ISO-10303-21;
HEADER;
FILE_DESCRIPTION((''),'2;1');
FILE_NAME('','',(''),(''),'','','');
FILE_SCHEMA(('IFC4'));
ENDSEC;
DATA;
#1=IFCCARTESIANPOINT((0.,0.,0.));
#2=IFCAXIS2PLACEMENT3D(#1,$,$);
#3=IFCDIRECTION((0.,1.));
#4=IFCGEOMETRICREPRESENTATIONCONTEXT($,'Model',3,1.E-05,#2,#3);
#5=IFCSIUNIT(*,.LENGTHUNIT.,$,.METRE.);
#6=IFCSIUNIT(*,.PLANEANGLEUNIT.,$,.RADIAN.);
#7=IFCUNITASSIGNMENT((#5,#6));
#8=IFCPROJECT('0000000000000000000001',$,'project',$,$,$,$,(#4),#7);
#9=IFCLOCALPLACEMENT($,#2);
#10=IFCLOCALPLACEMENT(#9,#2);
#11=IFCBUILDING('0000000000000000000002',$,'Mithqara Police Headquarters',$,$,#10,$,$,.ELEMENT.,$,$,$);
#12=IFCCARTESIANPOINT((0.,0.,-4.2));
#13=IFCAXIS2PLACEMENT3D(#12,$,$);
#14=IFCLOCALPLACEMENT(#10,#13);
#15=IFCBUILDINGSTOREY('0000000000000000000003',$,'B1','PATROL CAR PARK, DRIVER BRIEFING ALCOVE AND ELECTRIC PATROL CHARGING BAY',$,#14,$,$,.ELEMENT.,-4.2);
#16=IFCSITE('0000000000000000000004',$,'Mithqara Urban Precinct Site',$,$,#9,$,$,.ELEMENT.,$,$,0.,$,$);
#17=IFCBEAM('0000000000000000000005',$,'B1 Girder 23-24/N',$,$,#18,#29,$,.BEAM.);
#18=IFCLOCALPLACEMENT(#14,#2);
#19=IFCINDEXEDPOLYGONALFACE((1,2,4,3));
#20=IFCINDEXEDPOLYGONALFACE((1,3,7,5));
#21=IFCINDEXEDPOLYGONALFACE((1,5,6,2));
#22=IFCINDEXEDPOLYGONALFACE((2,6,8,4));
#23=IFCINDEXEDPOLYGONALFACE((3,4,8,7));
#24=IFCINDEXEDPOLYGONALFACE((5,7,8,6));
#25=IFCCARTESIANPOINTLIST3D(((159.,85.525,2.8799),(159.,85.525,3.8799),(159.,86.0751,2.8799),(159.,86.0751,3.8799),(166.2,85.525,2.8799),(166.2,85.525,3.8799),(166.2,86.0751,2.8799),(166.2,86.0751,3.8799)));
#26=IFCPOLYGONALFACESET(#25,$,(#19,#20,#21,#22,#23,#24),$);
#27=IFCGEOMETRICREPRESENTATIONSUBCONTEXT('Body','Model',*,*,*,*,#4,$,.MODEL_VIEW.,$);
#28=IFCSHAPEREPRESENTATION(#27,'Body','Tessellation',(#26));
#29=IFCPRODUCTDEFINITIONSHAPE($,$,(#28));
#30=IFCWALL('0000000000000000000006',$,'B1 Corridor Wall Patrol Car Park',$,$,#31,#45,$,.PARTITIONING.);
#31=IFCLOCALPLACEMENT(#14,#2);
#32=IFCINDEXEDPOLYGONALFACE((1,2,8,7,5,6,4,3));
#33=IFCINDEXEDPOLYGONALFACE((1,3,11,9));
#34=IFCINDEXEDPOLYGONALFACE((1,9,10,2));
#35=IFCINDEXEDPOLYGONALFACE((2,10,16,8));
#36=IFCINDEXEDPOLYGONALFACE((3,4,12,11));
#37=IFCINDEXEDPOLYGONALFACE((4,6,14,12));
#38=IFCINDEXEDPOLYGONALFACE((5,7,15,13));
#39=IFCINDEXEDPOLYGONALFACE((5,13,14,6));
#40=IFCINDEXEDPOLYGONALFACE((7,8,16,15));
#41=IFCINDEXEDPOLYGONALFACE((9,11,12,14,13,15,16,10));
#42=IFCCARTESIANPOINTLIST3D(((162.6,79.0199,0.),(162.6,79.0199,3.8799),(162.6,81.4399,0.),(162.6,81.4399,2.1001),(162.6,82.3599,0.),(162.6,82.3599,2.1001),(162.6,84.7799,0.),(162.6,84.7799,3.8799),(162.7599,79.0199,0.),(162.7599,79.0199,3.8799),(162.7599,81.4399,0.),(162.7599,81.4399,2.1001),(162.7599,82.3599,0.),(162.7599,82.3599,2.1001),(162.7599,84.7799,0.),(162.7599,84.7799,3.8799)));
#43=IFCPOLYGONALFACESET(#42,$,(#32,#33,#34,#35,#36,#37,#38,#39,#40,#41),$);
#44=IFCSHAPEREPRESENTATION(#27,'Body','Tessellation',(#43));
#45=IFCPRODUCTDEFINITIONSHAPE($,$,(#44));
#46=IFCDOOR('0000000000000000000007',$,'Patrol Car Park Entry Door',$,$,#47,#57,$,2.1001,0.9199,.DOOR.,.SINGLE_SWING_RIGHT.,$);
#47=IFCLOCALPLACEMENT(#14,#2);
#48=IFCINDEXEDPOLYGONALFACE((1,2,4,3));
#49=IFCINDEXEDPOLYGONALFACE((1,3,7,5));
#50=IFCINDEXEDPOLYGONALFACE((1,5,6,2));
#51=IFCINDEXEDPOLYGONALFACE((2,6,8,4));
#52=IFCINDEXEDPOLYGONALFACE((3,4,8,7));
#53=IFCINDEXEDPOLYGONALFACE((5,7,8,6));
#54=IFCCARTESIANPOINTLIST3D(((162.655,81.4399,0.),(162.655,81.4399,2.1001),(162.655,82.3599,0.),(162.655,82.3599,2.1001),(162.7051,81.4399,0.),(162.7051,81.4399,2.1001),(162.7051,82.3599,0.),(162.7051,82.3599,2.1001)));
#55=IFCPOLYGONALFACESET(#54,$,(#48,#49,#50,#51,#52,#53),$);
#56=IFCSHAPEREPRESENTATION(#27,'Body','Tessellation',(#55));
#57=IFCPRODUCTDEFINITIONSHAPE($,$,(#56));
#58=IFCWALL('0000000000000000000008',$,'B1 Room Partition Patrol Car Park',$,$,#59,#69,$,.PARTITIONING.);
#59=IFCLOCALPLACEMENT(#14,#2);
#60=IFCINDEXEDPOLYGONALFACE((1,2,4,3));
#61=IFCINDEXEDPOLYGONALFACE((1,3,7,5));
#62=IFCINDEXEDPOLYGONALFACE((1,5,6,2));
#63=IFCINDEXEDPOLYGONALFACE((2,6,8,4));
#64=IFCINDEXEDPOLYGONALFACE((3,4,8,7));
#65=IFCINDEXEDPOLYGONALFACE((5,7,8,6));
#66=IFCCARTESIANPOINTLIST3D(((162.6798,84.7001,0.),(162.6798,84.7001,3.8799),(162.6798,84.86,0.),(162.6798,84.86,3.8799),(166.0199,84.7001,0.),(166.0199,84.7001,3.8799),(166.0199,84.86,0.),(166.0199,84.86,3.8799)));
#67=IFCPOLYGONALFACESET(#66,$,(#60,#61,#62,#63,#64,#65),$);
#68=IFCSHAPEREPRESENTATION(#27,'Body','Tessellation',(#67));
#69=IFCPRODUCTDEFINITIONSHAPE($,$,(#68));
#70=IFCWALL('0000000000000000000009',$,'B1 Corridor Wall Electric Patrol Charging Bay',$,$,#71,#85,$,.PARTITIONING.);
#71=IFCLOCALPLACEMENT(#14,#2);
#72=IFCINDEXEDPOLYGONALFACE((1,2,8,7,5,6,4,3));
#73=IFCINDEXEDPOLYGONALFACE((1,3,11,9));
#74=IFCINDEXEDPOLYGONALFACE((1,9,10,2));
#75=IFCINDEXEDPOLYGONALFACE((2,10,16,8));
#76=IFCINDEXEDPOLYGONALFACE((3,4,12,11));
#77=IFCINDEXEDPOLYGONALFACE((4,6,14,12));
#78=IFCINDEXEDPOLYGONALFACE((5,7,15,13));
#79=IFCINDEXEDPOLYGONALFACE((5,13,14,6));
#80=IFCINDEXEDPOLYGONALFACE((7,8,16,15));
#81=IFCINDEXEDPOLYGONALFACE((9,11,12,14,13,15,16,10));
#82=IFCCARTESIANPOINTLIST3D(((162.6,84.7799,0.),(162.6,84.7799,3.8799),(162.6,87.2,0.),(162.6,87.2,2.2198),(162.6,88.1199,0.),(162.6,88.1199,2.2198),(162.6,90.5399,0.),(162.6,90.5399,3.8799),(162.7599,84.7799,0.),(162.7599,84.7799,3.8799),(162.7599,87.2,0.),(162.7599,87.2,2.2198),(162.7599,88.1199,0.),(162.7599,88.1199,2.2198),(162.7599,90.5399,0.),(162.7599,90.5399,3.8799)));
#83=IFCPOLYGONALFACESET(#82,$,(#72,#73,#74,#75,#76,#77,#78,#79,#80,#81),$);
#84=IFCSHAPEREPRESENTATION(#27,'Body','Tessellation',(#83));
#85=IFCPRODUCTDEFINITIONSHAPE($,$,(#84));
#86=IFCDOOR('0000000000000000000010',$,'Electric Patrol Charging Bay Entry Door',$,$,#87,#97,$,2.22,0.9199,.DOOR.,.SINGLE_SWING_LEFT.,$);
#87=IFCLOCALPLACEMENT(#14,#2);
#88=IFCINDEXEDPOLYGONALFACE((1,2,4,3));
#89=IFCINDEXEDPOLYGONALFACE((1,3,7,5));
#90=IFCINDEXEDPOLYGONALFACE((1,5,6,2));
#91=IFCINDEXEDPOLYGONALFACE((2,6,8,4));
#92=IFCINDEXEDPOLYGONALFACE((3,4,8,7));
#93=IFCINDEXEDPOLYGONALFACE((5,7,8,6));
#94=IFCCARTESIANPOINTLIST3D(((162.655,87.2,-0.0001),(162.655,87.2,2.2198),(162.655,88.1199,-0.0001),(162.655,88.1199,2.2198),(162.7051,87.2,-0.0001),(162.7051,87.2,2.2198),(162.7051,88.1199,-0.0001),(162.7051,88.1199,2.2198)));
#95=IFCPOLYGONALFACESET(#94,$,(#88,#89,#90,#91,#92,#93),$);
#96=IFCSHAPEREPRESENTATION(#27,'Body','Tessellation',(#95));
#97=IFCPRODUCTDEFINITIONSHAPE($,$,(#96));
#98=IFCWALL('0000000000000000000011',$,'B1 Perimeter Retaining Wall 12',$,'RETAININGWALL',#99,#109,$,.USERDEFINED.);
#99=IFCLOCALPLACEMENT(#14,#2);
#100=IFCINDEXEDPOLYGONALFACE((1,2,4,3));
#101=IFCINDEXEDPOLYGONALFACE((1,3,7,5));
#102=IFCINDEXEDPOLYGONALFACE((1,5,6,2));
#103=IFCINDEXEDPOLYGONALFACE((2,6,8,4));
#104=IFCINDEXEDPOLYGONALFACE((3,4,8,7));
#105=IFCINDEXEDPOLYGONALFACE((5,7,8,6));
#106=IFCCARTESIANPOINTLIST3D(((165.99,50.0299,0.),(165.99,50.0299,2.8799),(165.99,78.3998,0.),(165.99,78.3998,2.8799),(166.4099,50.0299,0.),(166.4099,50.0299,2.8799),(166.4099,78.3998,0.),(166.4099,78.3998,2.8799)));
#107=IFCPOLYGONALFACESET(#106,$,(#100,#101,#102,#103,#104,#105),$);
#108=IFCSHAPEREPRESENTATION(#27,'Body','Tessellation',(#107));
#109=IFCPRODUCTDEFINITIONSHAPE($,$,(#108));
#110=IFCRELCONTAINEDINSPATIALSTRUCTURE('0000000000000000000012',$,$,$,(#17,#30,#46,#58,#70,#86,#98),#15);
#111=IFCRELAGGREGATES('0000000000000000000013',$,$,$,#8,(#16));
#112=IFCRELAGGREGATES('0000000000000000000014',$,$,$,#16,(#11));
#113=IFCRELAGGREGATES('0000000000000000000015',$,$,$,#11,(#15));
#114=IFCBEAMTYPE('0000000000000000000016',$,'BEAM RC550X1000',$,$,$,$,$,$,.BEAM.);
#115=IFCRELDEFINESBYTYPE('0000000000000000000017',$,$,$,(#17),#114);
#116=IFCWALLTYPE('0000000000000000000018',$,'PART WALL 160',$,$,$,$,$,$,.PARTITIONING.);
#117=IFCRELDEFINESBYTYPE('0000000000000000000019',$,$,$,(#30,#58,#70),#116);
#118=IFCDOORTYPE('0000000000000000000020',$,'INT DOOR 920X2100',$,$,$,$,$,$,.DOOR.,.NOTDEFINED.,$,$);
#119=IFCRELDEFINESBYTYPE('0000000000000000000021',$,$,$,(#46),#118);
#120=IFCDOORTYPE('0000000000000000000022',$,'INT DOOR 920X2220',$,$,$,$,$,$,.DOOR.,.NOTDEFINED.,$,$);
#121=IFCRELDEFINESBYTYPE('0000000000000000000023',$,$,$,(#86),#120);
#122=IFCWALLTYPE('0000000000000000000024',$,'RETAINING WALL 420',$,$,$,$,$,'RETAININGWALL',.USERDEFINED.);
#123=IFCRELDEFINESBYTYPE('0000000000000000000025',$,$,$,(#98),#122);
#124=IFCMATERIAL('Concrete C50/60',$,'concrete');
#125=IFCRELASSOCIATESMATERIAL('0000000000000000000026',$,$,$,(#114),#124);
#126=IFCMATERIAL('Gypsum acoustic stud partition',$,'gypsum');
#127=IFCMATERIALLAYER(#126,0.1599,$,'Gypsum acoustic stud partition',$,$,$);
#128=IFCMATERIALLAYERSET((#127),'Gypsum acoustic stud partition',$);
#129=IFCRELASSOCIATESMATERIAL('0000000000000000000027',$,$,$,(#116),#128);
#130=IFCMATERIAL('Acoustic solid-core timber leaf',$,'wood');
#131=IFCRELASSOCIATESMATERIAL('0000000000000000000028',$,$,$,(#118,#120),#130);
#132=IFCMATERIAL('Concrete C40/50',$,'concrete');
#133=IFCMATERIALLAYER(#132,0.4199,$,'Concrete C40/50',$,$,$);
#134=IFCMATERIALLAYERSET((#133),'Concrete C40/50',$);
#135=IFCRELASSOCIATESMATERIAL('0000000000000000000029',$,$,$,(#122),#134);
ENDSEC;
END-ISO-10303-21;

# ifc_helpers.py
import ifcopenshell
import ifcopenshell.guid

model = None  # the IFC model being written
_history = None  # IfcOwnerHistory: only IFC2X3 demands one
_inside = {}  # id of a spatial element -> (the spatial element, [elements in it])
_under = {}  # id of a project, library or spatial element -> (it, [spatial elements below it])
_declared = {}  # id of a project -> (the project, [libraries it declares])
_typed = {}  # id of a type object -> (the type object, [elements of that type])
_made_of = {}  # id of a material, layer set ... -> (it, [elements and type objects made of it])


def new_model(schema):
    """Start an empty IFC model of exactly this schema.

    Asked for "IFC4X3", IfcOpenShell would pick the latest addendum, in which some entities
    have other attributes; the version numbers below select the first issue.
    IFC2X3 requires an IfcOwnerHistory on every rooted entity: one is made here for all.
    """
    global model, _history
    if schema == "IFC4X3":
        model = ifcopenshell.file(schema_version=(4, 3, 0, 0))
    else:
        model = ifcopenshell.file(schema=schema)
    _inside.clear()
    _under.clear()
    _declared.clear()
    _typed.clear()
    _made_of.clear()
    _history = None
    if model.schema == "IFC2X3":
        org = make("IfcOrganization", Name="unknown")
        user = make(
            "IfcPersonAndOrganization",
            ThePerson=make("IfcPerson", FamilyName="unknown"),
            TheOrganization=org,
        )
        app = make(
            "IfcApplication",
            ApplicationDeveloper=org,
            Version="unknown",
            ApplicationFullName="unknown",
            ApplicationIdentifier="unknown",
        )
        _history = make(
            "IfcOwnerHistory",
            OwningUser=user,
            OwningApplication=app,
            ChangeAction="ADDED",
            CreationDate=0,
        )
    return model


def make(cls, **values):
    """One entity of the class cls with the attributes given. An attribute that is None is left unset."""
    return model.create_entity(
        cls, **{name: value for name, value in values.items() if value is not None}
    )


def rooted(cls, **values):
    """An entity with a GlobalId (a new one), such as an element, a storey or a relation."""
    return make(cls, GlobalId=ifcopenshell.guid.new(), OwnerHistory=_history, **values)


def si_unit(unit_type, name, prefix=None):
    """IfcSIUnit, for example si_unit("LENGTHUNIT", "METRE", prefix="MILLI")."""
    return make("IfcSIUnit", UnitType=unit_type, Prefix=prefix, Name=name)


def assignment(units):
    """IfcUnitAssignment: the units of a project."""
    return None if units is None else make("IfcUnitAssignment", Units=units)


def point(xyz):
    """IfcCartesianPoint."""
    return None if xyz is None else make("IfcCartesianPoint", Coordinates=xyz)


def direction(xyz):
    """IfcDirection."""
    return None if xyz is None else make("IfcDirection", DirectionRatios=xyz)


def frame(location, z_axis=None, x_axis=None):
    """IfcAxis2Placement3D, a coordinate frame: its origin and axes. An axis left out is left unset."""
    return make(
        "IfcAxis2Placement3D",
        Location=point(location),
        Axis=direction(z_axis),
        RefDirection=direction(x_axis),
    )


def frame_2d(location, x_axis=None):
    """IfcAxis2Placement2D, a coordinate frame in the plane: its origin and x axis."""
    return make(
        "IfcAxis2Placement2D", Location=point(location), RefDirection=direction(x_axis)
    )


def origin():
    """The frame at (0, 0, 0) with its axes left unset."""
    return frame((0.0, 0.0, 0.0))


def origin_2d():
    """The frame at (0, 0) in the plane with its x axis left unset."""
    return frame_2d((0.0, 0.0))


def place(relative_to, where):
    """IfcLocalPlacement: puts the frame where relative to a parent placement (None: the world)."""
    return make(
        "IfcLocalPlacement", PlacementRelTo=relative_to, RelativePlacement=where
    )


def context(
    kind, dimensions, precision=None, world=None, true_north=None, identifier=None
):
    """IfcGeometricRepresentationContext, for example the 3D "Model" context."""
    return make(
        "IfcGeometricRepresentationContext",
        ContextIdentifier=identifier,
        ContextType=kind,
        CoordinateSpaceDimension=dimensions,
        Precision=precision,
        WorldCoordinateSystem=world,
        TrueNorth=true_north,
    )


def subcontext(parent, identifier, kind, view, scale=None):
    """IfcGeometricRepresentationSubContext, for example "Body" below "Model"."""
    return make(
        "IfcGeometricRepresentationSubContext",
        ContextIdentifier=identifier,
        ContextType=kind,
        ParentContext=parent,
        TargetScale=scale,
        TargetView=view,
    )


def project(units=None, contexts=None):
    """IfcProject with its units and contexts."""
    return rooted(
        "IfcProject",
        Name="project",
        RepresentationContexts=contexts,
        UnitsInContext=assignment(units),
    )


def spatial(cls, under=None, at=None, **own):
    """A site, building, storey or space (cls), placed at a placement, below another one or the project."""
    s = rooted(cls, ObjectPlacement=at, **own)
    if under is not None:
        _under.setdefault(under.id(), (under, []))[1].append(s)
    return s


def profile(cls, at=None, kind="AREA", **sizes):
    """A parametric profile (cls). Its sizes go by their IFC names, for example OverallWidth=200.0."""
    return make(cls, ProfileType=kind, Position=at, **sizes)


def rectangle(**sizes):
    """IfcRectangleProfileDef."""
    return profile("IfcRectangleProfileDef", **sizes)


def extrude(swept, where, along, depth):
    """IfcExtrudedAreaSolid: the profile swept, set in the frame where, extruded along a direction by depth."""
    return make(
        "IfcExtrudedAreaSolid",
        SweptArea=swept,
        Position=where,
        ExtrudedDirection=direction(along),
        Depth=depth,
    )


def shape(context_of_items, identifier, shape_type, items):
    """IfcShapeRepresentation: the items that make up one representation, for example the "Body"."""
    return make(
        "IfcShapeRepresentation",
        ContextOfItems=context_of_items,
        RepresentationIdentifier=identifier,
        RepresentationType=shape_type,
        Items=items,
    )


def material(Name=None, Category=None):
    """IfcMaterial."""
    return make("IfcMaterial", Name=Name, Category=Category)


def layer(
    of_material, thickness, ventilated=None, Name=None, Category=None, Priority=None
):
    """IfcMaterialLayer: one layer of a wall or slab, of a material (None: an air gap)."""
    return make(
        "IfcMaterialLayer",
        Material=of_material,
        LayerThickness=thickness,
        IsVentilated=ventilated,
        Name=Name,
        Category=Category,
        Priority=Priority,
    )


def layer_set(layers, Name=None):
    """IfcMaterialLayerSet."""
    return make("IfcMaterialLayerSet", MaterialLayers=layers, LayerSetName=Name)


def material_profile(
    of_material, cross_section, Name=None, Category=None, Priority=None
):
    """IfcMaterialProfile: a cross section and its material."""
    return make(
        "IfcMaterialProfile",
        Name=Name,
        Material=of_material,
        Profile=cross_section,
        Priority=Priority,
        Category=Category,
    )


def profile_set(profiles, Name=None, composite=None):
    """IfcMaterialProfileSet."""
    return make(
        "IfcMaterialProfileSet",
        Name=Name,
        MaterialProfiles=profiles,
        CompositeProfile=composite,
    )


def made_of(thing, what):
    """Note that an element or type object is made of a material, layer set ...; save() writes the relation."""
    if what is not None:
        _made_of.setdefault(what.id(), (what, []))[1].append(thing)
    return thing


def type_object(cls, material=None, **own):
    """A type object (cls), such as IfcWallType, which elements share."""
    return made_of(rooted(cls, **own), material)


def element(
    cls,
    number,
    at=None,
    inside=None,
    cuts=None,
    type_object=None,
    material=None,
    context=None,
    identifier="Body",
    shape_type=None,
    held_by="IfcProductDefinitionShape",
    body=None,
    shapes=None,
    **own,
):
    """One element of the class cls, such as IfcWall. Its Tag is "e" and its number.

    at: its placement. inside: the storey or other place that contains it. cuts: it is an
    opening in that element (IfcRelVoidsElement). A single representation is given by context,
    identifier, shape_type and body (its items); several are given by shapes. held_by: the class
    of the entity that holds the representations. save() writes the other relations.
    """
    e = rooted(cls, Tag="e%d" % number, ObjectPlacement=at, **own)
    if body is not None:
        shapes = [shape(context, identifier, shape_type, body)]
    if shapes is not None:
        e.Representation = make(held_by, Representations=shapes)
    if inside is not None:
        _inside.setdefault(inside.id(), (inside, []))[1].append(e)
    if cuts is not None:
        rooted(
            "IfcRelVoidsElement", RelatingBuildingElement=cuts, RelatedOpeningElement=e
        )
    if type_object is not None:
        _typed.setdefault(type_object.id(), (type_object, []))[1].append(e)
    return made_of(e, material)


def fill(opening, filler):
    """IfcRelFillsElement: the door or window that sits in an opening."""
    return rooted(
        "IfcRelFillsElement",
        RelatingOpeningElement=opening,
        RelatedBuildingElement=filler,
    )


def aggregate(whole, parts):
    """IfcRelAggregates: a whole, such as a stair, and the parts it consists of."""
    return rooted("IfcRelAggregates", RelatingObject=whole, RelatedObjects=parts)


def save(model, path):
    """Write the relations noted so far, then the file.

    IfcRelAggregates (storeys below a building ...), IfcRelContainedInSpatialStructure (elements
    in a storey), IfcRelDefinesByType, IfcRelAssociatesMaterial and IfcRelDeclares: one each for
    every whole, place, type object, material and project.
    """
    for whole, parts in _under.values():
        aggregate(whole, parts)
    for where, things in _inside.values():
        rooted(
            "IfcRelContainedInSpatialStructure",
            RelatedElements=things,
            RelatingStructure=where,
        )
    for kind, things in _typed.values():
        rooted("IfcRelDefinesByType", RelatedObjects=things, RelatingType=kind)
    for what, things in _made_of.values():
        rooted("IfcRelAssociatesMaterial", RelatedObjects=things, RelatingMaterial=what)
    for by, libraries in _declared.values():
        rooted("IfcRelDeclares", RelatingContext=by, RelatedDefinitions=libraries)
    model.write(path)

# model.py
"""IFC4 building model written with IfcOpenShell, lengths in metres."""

from ifc_helpers import new_model, si_unit, direction, frame, frame_2d, origin, origin_2d, place, context, subcontext, project, spatial, rectangle, extrude, material, layer, layer_set, material_profile, profile_set, type_object, element, fill, save


model = new_model("IFC4")

# Units and contexts
model_context = context("Model", 3, precision=1e-05, world=origin(), true_north=direction((0.0, 1.0)))
body_context = subcontext(model_context, "Body", "Model", "MODEL_VIEW")
ifc_project = project(units=[si_unit("LENGTHUNIT", "METRE"), si_unit("PLANEANGLEUNIT", "RADIAN")], contexts=[model_context])

# Site, building, storey
site_placement = place(None, origin())
site = spatial("IfcSite", under=ifc_project, at=site_placement, Name="Mithqara Urban Precinct Site", CompositionType="ELEMENT", RefElevation=0.0)
building_placement = place(site_placement, origin())
building = spatial("IfcBuilding", under=site, at=building_placement, Name="Mithqara Police Headquarters", CompositionType="ELEMENT")
storey_placement = place(building_placement, frame((0.0, 0.0, -4.2)))
storey = spatial("IfcBuildingStorey", under=building, at=storey_placement, Name="B1", Description="PATROL CAR PARK, DRIVER BRIEFING ALCOVE AND ELECTRIC PATROL CHARGING BAY", CompositionType="ELEMENT", Elevation=-4.2)

# Shared definitions
ifc_material_1 = material(Name="Concrete C40/50", Category="concrete")

# Shared definitions
ifc_material_2 = material(Name="Concrete C50/60", Category="concrete")

# Beam
ifc_material_profile_1 = material_profile(ifc_material_2, rectangle(XDim=0.55, YDim=1.0, at=origin_2d()), Name="RC 550x1000")
ifc_profile_set_1 = profile_set([ifc_material_profile_1], Name="Concrete C50/60")
beam_type_1 = type_object("IfcBeamType", Name="BEAM RC550X1000", PredefinedType="BEAM", material=ifc_profile_set_1)
beam_1_placement = place(storey_placement, frame((159.0, 85.8, 3.3799), z_axis=(1.0, 0.0, 0.0), x_axis=(0.0, 1.0, 0.0)))
element("IfcBeam", 1, at=beam_1_placement, inside=storey, type_object=beam_type_1, Name="B1 Girder 23-24/N", PredefinedType="BEAM", context=body_context, shape_type="SweptSolid", body=[
    extrude(rectangle(XDim=0.55, YDim=1.0, at=origin_2d()), origin(), (0.0, 0.0, 1.0), 7.2),
])

# Wall, opening, door
ifc_material_3 = material(Name="Gypsum acoustic stud partition", Category="gypsum")
ifc_layer_1 = layer(ifc_material_3, 0.1599, Name="Gypsum acoustic stud partition")
ifc_layer_set_1 = layer_set([ifc_layer_1], Name="Gypsum acoustic stud partition")
wall_type_1 = type_object("IfcWallType", Name="PART WALL 160", PredefinedType="PARTITIONING", material=ifc_layer_set_1)
wall_1_placement = place(storey_placement, frame((162.6799, 79.02, 0.0), z_axis=(0.0, 0.0, 1.0), x_axis=(0.0, 1.0, 0.0)))
wall_1 = element("IfcWall", 2, at=wall_1_placement, inside=storey, type_object=wall_type_1, Name="B1 Corridor Wall Patrol Car Park", PredefinedType="PARTITIONING", context=body_context, shape_type="SweptSolid", body=[
    extrude(rectangle(XDim=5.76, YDim=0.1599, at=frame_2d((2.8799, 0.0))), origin(), (0.0, 0.0, 1.0), 3.8799),
])
opening_1_placement = place(wall_1_placement, frame((2.4199, 0.0, 0.0)))
opening_1 = element("IfcOpeningElement", 3, at=opening_1_placement, cuts=wall_1, PredefinedType="OPENING", context=body_context, shape_type="SweptSolid", body=[
    extrude(rectangle(XDim=0.9199, YDim=2.1001, at=frame_2d((0.46, 1.05))), frame((0.0, 0.0898, 0.0), z_axis=(0.0, -1.0, 0.0), x_axis=(1.0, 0.0, 0.0)), (0.0, 0.0, 1.0), 0.1799),
])
ifc_material_4 = material(Name="Acoustic solid-core timber leaf", Category="wood")
door_type_1 = type_object("IfcDoorType", Name="INT DOOR 920X2100", OperationType="NOTDEFINED", PredefinedType="DOOR", material=ifc_material_4)
door_1_placement = place(opening_1_placement, origin())
door_1 = element("IfcDoor", 4, at=door_1_placement, inside=storey, type_object=door_type_1, Name="Patrol Car Park Entry Door", OperationType="SINGLE_SWING_RIGHT", OverallHeight=2.1001, OverallWidth=0.9199, PredefinedType="DOOR", context=body_context, shape_type="SweptSolid", body=[
    extrude(rectangle(XDim=0.9199, YDim=2.1001, at=frame_2d((0.46, 1.05))), frame((0.0, 0.0249, 0.0), z_axis=(0.0, -1.0, 0.0), x_axis=(1.0, 0.0, 0.0)), (0.0, 0.0, 1.0), 0.05),
])
fill(opening_1, door_1)

# Wall
wall_2_placement = place(storey_placement, frame((162.6799, 84.78, 0.0), z_axis=(0.0, 0.0, 1.0), x_axis=(1.0, 0.0, 0.0)))
element("IfcWall", 5, at=wall_2_placement, inside=storey, type_object=wall_type_1, Name="B1 Room Partition Patrol Car Park", PredefinedType="PARTITIONING", context=body_context, shape_type="SweptSolid", body=[
    extrude(rectangle(XDim=3.3401, YDim=0.1599, at=frame_2d((1.6699, 0.0))), origin(), (0.0, 0.0, 1.0), 3.8799),
])

# Wall, opening, door
wall_3_placement = place(storey_placement, frame((162.6799, 84.78, 0.0), z_axis=(0.0, 0.0, 1.0), x_axis=(0.0, 1.0, 0.0)))
wall_3 = element("IfcWall", 6, at=wall_3_placement, inside=storey, type_object=wall_type_1, Name="B1 Corridor Wall Electric Patrol Charging Bay", PredefinedType="PARTITIONING", context=body_context, shape_type="SweptSolid", body=[
    extrude(rectangle(XDim=5.76, YDim=0.1599, at=frame_2d((2.8799, 0.0))), origin(), (0.0, 0.0, 1.0), 3.8799),
])
opening_2_placement = place(wall_3_placement, frame((2.4199, 0.0, 0.0)))
opening_2 = element("IfcOpeningElement", 7, at=opening_2_placement, cuts=wall_3, PredefinedType="OPENING", context=body_context, shape_type="SweptSolid", body=[
    extrude(rectangle(XDim=0.9199, YDim=2.22, at=frame_2d((0.46, 1.1099))), frame((0.0, 0.0898, 0.0), z_axis=(0.0, -1.0, 0.0), x_axis=(1.0, 0.0, 0.0)), (0.0, 0.0, 1.0), 0.1799),
])
door_type_2 = type_object("IfcDoorType", Name="INT DOOR 920X2220", OperationType="NOTDEFINED", PredefinedType="DOOR", material=ifc_material_4)
door_2_placement = place(opening_2_placement, origin())
door_2 = element("IfcDoor", 8, at=door_2_placement, inside=storey, type_object=door_type_2, Name="Electric Patrol Charging Bay Entry Door", OperationType="SINGLE_SWING_LEFT", OverallHeight=2.22, OverallWidth=0.9199, PredefinedType="DOOR", context=body_context, shape_type="SweptSolid", body=[
    extrude(rectangle(XDim=0.9199, YDim=2.22, at=frame_2d((0.46, 1.1099))), frame((0.0, 0.0249, 0.0), z_axis=(0.0, -1.0, 0.0), x_axis=(1.0, 0.0, 0.0)), (0.0, 0.0, 1.0), 0.05),
])
fill(opening_2, door_2)

# Wall
ifc_layer_2 = layer(ifc_material_1, 0.4199, Name="Concrete C40/50")
ifc_layer_set_2 = layer_set([ifc_layer_2], Name="Concrete C40/50")
wall_type_2 = type_object("IfcWallType", Name="RETAINING WALL 420", ElementType="RETAININGWALL", PredefinedType="USERDEFINED", material=ifc_layer_set_2)
wall_4_placement = place(storey_placement, frame((166.2, 78.3999, 0.0), z_axis=(0.0, 0.0, 1.0), x_axis=(0.0, -1.0, 0.0)))
element("IfcWall", 9, at=wall_4_placement, inside=storey, type_object=wall_type_2, Name="B1 Perimeter Retaining Wall 12", ObjectType="RETAININGWALL", PredefinedType="USERDEFINED", context=body_context, shape_type="SweptSolid", body=[
    extrude(rectangle(XDim=28.3699, YDim=0.4199, at=frame_2d((14.1851, 0.0))), origin(), (0.0, 0.0, 1.0), 2.8799),
])

save(model, "model.ifc")
